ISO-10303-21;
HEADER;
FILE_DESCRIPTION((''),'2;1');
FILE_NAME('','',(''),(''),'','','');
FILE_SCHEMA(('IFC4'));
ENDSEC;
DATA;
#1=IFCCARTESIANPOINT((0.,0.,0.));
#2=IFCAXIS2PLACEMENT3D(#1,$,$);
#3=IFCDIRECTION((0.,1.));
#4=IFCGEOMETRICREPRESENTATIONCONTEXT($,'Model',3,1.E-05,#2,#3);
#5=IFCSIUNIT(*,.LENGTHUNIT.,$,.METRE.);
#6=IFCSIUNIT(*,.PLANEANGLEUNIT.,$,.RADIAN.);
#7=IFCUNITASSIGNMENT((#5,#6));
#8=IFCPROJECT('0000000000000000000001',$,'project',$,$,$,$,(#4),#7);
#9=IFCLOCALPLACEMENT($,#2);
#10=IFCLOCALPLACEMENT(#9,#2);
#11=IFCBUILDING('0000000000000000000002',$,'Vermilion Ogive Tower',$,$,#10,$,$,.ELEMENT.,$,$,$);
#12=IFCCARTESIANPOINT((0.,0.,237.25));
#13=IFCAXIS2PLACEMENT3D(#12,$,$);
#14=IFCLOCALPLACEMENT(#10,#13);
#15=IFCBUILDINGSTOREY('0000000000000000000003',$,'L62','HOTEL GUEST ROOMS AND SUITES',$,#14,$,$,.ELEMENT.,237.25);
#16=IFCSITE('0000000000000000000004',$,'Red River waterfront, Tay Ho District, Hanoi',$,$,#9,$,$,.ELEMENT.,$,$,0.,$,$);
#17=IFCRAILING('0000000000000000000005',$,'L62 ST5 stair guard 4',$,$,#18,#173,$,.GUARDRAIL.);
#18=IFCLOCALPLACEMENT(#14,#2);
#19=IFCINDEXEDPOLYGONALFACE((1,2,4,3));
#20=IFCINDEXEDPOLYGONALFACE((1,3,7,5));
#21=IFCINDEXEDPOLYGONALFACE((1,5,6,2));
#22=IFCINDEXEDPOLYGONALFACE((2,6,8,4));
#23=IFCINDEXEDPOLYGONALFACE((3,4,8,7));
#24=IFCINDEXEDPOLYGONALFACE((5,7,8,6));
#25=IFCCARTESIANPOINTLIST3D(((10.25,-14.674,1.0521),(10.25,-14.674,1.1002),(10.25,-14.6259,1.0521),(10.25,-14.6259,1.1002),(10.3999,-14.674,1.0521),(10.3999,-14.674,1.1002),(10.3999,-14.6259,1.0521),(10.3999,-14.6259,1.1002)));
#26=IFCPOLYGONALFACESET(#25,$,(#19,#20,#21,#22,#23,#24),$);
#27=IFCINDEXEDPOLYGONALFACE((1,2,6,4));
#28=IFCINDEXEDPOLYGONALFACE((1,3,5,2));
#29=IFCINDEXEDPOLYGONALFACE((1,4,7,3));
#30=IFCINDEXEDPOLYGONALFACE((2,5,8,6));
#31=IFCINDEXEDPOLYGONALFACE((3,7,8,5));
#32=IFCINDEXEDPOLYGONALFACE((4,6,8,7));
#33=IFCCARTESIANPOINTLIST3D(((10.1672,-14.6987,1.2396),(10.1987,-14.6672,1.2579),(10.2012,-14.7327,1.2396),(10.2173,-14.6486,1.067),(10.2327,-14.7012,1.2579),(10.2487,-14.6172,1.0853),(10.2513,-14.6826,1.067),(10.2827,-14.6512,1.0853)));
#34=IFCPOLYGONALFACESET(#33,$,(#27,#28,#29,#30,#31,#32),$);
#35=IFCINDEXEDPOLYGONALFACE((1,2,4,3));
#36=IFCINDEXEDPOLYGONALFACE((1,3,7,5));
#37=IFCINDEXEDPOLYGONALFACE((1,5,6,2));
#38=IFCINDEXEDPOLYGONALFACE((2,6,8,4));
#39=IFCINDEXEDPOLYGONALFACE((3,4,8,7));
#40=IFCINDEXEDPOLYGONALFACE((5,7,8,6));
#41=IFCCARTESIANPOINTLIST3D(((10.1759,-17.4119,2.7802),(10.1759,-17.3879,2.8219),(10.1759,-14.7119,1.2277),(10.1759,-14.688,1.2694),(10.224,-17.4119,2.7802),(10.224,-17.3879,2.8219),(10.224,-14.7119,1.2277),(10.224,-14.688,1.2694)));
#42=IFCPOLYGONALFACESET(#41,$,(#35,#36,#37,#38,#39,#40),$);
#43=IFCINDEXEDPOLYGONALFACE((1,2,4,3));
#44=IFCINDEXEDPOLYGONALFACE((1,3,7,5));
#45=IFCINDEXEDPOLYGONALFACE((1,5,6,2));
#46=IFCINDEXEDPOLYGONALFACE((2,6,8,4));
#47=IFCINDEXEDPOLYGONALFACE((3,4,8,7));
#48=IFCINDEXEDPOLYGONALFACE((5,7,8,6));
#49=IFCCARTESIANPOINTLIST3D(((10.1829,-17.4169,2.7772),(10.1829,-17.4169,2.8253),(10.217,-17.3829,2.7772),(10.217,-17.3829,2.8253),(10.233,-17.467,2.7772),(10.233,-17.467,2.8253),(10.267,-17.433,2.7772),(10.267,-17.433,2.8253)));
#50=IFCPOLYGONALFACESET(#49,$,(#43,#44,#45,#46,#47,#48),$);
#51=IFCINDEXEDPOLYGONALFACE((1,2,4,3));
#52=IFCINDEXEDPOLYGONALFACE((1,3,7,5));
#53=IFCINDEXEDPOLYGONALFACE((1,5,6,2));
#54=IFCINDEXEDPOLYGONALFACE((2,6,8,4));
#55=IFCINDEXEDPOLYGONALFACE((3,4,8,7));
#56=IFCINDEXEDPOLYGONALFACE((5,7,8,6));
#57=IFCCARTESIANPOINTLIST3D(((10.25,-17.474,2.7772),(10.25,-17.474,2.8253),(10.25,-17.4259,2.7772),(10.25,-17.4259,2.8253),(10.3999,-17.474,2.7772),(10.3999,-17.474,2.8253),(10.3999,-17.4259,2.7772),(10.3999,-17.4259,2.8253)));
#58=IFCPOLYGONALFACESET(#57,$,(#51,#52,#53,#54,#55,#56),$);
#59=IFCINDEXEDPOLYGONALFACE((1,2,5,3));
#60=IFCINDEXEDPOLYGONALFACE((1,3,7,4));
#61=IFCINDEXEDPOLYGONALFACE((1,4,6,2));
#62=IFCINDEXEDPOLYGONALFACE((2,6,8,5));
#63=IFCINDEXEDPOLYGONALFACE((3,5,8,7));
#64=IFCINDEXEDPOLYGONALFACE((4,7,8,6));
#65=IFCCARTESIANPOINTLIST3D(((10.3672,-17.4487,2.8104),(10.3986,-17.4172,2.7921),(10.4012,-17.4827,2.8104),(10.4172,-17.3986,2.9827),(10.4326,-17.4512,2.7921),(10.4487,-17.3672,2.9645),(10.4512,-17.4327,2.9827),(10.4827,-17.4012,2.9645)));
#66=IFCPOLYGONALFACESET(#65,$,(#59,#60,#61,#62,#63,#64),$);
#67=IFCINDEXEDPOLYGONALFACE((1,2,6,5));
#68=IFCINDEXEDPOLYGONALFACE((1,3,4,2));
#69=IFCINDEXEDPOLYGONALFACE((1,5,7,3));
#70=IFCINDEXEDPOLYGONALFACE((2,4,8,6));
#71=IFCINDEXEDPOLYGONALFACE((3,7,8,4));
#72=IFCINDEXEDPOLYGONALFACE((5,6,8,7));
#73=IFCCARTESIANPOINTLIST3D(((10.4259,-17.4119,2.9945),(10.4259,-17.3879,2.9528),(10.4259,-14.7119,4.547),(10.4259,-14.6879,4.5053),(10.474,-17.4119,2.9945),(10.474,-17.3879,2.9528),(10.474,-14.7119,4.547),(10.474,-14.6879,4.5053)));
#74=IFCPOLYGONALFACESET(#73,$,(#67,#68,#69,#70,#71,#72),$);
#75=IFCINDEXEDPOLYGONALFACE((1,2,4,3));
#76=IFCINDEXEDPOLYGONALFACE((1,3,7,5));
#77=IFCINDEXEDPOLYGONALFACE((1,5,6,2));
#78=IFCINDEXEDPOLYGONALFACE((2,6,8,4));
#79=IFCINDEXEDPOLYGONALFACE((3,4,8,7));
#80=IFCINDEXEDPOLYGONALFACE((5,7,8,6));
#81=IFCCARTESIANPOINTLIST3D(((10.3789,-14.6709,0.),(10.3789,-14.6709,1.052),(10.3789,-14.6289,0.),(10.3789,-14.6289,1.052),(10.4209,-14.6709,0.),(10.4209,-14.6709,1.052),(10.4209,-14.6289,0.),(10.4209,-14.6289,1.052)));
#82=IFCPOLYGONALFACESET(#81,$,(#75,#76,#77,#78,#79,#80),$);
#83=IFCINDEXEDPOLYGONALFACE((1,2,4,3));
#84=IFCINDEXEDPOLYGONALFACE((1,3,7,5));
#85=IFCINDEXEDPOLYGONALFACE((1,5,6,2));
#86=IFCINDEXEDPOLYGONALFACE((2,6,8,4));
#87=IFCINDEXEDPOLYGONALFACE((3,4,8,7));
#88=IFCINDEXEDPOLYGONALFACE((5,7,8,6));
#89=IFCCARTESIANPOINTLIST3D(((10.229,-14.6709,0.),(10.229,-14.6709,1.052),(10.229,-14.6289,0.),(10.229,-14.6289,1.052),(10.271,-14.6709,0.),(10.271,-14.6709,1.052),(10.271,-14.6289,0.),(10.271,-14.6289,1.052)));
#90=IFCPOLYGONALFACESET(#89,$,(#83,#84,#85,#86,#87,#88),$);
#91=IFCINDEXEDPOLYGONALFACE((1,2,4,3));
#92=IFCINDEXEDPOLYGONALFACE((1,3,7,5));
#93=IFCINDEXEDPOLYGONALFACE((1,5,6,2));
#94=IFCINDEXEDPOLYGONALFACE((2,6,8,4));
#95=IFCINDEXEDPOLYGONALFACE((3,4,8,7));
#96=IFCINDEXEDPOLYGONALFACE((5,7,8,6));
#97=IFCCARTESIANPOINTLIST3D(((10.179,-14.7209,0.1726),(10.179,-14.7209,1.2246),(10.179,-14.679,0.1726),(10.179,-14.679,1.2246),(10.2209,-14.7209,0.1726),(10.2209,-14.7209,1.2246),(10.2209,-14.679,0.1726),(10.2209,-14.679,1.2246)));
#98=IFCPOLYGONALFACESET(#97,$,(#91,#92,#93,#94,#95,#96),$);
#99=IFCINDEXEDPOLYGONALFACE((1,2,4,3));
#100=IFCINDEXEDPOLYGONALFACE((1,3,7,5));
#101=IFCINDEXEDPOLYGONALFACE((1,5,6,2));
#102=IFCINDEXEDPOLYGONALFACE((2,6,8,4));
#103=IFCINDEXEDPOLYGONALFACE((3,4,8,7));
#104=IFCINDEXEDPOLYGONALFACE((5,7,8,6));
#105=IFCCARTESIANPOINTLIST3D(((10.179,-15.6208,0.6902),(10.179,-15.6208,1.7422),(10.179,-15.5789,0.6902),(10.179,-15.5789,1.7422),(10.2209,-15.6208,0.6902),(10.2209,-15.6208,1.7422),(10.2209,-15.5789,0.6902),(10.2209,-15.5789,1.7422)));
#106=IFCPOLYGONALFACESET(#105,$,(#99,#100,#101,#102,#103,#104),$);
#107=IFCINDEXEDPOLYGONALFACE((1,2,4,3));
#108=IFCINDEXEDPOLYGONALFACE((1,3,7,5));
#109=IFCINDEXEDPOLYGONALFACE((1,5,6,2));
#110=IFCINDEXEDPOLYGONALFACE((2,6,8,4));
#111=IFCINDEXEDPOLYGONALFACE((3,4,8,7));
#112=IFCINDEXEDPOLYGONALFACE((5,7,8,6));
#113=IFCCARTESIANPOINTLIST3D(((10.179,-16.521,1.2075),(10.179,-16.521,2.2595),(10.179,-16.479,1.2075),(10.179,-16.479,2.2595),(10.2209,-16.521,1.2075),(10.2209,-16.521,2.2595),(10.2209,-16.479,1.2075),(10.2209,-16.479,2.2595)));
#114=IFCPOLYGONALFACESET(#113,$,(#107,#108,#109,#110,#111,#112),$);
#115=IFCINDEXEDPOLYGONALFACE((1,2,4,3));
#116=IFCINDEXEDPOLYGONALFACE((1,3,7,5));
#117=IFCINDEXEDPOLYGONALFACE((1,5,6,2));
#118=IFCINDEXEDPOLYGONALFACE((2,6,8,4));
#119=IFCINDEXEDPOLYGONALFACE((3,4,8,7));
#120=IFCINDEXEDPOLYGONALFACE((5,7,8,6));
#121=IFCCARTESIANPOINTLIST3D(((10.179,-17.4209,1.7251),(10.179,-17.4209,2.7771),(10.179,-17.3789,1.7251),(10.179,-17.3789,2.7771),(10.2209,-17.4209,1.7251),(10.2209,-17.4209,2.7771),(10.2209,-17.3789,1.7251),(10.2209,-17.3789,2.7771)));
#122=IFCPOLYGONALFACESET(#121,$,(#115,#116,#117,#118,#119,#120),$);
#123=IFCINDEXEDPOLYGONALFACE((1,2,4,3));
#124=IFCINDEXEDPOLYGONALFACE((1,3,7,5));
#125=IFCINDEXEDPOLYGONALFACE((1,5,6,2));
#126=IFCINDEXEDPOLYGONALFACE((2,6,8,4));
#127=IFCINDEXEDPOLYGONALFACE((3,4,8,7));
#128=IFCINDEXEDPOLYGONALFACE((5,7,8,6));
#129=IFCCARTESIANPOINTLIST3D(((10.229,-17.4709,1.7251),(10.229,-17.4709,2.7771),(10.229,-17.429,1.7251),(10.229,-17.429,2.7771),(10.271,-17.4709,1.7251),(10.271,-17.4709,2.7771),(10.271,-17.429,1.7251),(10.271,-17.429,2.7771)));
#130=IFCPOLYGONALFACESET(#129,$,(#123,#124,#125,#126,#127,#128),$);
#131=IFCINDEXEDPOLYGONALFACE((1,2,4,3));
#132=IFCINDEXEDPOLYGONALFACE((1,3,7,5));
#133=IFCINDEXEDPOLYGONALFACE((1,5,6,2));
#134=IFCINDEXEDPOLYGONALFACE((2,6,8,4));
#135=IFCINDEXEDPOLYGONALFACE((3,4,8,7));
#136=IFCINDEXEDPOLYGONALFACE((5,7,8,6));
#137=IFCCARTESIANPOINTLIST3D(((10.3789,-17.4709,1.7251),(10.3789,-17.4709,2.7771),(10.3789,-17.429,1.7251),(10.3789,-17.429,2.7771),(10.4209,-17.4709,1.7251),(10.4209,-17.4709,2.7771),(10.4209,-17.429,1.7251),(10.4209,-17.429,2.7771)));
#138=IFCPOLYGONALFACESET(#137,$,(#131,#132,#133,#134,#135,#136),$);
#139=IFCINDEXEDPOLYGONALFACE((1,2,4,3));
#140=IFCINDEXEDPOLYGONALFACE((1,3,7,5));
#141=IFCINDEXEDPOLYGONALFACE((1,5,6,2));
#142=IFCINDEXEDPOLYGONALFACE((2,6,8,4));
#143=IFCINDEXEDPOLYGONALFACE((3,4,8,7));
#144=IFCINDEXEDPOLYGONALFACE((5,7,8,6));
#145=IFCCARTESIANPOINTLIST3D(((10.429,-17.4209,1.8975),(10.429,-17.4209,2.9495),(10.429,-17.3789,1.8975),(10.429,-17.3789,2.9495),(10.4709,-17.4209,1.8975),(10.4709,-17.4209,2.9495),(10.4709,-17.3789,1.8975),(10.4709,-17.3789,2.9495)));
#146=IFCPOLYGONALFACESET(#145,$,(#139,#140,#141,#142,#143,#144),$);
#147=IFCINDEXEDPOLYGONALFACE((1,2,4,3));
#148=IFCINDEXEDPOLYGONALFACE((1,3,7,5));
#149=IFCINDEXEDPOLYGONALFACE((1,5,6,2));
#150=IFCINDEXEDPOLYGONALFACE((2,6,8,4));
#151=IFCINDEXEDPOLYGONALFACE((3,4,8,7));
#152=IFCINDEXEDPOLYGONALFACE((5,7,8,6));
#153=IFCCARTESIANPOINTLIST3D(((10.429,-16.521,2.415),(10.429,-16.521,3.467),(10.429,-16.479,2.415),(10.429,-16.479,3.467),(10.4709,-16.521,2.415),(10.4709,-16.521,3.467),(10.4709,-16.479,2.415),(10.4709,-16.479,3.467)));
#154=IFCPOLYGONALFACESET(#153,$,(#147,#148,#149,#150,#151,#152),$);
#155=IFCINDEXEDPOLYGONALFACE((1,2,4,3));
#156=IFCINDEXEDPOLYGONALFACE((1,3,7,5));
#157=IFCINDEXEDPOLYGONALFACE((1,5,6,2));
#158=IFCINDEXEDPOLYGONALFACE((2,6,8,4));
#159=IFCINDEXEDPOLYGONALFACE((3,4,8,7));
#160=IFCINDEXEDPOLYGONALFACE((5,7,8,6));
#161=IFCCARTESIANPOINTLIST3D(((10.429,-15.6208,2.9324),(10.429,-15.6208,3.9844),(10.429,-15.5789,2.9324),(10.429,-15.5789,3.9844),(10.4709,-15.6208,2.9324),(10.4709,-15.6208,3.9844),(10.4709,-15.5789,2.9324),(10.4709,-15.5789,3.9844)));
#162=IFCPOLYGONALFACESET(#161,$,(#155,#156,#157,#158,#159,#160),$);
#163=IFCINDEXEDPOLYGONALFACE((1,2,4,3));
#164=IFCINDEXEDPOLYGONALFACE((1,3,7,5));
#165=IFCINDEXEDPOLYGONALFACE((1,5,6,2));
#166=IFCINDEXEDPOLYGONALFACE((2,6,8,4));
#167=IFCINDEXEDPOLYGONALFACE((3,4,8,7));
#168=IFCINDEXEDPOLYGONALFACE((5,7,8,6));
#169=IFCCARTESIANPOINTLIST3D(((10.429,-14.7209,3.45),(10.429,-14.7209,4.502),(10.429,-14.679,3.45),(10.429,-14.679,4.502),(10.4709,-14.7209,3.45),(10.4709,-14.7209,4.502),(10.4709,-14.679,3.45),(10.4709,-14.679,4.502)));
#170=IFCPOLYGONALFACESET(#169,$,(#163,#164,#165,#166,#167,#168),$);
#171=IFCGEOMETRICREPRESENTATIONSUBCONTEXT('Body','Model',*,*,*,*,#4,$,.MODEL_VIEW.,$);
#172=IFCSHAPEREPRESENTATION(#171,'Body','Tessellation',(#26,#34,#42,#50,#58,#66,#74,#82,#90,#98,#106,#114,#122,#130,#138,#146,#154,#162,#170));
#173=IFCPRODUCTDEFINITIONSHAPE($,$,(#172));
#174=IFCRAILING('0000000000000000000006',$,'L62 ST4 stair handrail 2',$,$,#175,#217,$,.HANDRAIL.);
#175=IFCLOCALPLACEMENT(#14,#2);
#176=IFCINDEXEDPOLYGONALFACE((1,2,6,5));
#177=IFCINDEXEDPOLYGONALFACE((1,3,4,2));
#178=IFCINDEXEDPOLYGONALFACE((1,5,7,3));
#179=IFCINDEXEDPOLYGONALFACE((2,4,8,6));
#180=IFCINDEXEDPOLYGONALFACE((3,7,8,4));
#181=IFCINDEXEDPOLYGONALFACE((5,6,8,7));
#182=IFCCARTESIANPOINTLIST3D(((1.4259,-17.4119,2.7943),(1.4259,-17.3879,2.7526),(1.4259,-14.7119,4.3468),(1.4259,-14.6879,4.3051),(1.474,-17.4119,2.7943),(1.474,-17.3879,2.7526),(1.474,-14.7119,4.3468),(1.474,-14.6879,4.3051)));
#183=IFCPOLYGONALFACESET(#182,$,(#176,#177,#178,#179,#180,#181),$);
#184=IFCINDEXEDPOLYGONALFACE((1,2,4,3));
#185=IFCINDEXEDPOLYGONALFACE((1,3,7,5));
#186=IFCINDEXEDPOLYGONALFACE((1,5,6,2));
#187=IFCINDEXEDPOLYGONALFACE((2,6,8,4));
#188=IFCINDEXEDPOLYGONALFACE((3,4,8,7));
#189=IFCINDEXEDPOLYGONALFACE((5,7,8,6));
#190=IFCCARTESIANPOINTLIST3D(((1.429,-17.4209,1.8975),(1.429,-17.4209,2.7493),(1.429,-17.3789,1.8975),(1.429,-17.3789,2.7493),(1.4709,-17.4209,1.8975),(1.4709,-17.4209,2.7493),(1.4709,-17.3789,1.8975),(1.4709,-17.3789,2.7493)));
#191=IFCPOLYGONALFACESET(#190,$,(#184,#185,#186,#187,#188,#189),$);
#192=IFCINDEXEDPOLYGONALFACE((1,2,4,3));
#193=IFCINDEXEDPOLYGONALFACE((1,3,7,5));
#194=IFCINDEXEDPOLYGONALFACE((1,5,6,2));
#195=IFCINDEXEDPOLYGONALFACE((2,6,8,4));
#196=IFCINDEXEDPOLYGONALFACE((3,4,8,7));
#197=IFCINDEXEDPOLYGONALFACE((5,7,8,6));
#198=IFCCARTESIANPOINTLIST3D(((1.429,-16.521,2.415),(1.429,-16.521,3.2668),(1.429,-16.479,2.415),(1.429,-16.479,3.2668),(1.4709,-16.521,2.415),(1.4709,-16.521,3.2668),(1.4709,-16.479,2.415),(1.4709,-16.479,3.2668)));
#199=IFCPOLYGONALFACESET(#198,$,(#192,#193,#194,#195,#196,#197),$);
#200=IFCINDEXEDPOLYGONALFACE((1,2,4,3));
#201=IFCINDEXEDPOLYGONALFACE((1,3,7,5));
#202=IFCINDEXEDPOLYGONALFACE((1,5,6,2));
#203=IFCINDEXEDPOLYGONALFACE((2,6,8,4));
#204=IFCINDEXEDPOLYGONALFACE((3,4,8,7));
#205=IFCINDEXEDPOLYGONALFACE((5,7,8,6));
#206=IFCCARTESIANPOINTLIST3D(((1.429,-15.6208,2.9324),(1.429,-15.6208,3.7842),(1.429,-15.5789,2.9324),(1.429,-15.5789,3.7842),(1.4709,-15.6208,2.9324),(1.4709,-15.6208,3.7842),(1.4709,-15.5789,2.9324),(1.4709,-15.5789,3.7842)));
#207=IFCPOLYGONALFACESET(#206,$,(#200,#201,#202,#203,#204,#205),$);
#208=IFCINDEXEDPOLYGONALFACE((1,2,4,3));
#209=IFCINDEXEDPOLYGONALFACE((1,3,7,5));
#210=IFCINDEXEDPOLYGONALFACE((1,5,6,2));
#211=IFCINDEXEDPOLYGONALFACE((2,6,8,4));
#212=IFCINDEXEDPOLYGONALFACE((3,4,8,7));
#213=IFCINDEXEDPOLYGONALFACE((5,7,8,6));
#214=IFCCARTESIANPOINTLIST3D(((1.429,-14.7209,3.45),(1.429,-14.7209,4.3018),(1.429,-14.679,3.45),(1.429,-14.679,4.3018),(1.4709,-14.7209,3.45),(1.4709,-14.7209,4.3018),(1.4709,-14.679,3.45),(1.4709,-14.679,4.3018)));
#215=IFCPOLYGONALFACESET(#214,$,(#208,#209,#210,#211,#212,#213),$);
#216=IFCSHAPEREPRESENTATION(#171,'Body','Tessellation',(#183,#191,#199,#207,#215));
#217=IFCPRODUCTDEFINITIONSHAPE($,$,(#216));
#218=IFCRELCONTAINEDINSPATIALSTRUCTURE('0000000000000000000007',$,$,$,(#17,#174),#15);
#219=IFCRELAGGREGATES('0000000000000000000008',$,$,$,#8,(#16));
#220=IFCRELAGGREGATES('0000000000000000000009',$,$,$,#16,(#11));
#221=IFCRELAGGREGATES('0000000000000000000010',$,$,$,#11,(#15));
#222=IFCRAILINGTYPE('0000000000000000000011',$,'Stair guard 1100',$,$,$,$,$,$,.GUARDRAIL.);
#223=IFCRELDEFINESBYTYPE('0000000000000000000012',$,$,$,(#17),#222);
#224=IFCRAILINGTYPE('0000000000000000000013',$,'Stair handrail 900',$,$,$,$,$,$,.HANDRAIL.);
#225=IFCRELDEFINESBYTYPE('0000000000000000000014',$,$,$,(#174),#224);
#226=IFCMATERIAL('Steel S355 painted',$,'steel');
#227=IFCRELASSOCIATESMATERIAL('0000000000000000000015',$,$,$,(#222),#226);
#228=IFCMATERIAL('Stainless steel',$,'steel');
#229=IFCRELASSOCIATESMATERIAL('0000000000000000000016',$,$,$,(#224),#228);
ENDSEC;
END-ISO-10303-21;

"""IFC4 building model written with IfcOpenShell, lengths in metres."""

from ifc_helpers import new_model, si_unit, direction, frame, origin, origin_2d, place, context, subcontext, project, spatial, rectangle, extrude, material, type_object, element, save


model = new_model("IFC4")

# Units and contexts
model_context = context("Model", 3, precision=1e-05, world=origin(), true_north=direction((0.0, 1.0)))
body_context = subcontext(model_context, "Body", "Model", "MODEL_VIEW")
ifc_project = project(units=[si_unit("LENGTHUNIT", "METRE"), si_unit("PLANEANGLEUNIT", "RADIAN")], contexts=[model_context])

# Site, building, storey
site_placement = place(None, origin())
site = spatial("IfcSite", under=ifc_project, at=site_placement, Name="Red River waterfront, Tay Ho District, Hanoi", CompositionType="ELEMENT", RefElevation=0.0)
building_placement = place(site_placement, origin())
building = spatial("IfcBuilding", under=site, at=building_placement, Name="Vermilion Ogive Tower", CompositionType="ELEMENT")
storey_placement = place(building_placement, frame((0.0, 0.0, 237.25)))
storey = spatial("IfcBuildingStorey", under=building, at=storey_placement, Name="L62", Description="HOTEL GUEST ROOMS AND SUITES", CompositionType="ELEMENT", Elevation=237.25)

# Railings
ifc_material_1 = material(Name="Steel S355 painted", Category="steel")
railing_type_1 = type_object("IfcRailingType", Name="Stair guard 1100", PredefinedType="GUARDRAIL", material=ifc_material_1)
railing_1_placement = place(storey_placement, frame((10.3999, -14.6499, 0.0)))
element("IfcRailing", 1, at=railing_1_placement, inside=storey, type_object=railing_type_1, Name="L62 ST5 stair guard 4", PredefinedType="GUARDRAIL", context=body_context, shape_type="SweptSolid", body=[
    extrude(rectangle(XDim=0.0481, YDim=0.0481, at=origin_2d()), frame((0.0, 0.0, 1.0762), z_axis=(-1.0, 0.0, 0.0), x_axis=(0.0, -1.0, 0.0)), (0.0, 0.0, 1.0), 0.1499),
    extrude(rectangle(XDim=0.0481, YDim=0.0481, at=origin_2d()), frame((-0.1499, 0.0, 1.0762), z_axis=(-0.268278, -0.268278, 0.925232), x_axis=(0.707107, -0.707107, 0.0)), (0.0, 0.0, 1.0), 0.1865),
    extrude(rectangle(XDim=0.0481, YDim=0.0481, at=origin_2d()), frame((-0.2, -0.05, 1.2485), z_axis=(0.0, -0.866904, 0.498476), x_axis=(1.0, 0.0, 0.0)), (0.0, 0.0, 1.0), 3.1145),
    extrude(rectangle(XDim=0.0481, YDim=0.0481, at=origin_2d()), frame((-0.2, -2.75, 2.8013), z_axis=(0.707107, -0.707107, 0.0), x_axis=(0.707107, 0.707107, 0.0)), (0.0, 0.0, 1.0), 0.0708),
    extrude(rectangle(XDim=0.0481, YDim=0.0481, at=origin_2d()), frame((-0.1499, -2.8, 2.8013), z_axis=(1.0, 0.0, 0.0), x_axis=(0.0, 1.0, 0.0)), (0.0, 0.0, 1.0), 0.1499),
    extrude(rectangle(XDim=0.0481, YDim=0.0481, at=origin_2d()), frame((0.0, -2.8, 2.8013), z_axis=(0.268603, 0.268603, 0.925043), x_axis=(-0.707107, 0.707107, 0.0)), (0.0, 0.0, 1.0), 0.1863),
    extrude(rectangle(XDim=0.0481, YDim=0.0481, at=origin_2d()), frame((0.05, -2.75, 2.9736), z_axis=(0.0, 0.866904, 0.498476), x_axis=(-1.0, 0.0, 0.0)), (0.0, 0.0, 1.0), 3.1145),
    extrude(rectangle(XDim=0.042, YDim=0.042, at=origin_2d()), origin(), (0.0, 0.0, 1.0), 1.052),
    extrude(rectangle(XDim=0.042, YDim=0.042, at=origin_2d()), frame((-0.1499, 0.0, 0.0)), (0.0, 0.0, 1.0), 1.052),
    extrude(rectangle(XDim=0.042, YDim=0.042, at=origin_2d()), frame((-0.2, -0.05, 0.1726)), (0.0, 0.0, 1.0), 1.052),
    extrude(rectangle(XDim=0.042, YDim=0.042, at=origin_2d()), frame((-0.2, -0.95, 0.6902)), (0.0, 0.0, 1.0), 1.052),
    extrude(rectangle(XDim=0.042, YDim=0.042, at=origin_2d()), frame((-0.2, -1.8501, 1.2075)), (0.0, 0.0, 1.0), 1.052),
    extrude(rectangle(XDim=0.042, YDim=0.042, at=origin_2d()), frame((-0.2, -2.75, 1.7251)), (0.0, 0.0, 1.0), 1.052),
    extrude(rectangle(XDim=0.042, YDim=0.042, at=origin_2d()), frame((-0.1499, -2.8, 1.7251)), (0.0, 0.0, 1.0), 1.052),
    extrude(rectangle(XDim=0.042, YDim=0.042, at=origin_2d()), frame((0.0, -2.8, 1.7251)), (0.0, 0.0, 1.0), 1.052),
    extrude(rectangle(XDim=0.042, YDim=0.042, at=origin_2d()), frame((0.05, -2.75, 1.8975)), (0.0, 0.0, 1.0), 1.052),
    extrude(rectangle(XDim=0.042, YDim=0.042, at=origin_2d()), frame((0.05, -1.8501, 2.415)), (0.0, 0.0, 1.0), 1.052),
    extrude(rectangle(XDim=0.042, YDim=0.042, at=origin_2d()), frame((0.05, -0.95, 2.9324)), (0.0, 0.0, 1.0), 1.052),
    extrude(rectangle(XDim=0.042, YDim=0.042, at=origin_2d()), frame((0.05, -0.05, 3.45)), (0.0, 0.0, 1.0), 1.052),
])
ifc_material_2 = material(Name="Stainless steel", Category="steel")
railing_type_2 = type_object("IfcRailingType", Name="Stair handrail 900", PredefinedType="HANDRAIL", material=ifc_material_2)
railing_2_placement = place(storey_placement, frame((1.45, -17.3999, 1.8975)))
element("IfcRailing", 2, at=railing_2_placement, inside=storey, type_object=railing_type_2, Name="L62 ST4 stair handrail 2", PredefinedType="HANDRAIL", context=body_context, shape_type="SweptSolid", body=[
    extrude(rectangle(XDim=0.0481, YDim=0.0481, at=origin_2d()), frame((0.0, 0.0, 0.876), z_axis=(0.0, 0.866904, 0.498476), x_axis=(-1.0, 0.0, 0.0)), (0.0, 0.0, 1.0), 3.1145),
    extrude(rectangle(XDim=0.042, YDim=0.042, at=origin_2d()), origin(), (0.0, 0.0, 1.0), 0.8518),
    extrude(rectangle(XDim=0.042, YDim=0.042, at=origin_2d()), frame((0.0, 0.8999, 0.5176)), (0.0, 0.0, 1.0), 0.8518),
    extrude(rectangle(XDim=0.042, YDim=0.042, at=origin_2d()), frame((0.0, 1.8, 1.0349)), (0.0, 0.0, 1.0), 0.8518),
    extrude(rectangle(XDim=0.042, YDim=0.042, at=origin_2d()), frame((0.0, 2.7, 1.5525)), (0.0, 0.0, 1.0), 0.8518),
])

save(model, "model.ifc")
